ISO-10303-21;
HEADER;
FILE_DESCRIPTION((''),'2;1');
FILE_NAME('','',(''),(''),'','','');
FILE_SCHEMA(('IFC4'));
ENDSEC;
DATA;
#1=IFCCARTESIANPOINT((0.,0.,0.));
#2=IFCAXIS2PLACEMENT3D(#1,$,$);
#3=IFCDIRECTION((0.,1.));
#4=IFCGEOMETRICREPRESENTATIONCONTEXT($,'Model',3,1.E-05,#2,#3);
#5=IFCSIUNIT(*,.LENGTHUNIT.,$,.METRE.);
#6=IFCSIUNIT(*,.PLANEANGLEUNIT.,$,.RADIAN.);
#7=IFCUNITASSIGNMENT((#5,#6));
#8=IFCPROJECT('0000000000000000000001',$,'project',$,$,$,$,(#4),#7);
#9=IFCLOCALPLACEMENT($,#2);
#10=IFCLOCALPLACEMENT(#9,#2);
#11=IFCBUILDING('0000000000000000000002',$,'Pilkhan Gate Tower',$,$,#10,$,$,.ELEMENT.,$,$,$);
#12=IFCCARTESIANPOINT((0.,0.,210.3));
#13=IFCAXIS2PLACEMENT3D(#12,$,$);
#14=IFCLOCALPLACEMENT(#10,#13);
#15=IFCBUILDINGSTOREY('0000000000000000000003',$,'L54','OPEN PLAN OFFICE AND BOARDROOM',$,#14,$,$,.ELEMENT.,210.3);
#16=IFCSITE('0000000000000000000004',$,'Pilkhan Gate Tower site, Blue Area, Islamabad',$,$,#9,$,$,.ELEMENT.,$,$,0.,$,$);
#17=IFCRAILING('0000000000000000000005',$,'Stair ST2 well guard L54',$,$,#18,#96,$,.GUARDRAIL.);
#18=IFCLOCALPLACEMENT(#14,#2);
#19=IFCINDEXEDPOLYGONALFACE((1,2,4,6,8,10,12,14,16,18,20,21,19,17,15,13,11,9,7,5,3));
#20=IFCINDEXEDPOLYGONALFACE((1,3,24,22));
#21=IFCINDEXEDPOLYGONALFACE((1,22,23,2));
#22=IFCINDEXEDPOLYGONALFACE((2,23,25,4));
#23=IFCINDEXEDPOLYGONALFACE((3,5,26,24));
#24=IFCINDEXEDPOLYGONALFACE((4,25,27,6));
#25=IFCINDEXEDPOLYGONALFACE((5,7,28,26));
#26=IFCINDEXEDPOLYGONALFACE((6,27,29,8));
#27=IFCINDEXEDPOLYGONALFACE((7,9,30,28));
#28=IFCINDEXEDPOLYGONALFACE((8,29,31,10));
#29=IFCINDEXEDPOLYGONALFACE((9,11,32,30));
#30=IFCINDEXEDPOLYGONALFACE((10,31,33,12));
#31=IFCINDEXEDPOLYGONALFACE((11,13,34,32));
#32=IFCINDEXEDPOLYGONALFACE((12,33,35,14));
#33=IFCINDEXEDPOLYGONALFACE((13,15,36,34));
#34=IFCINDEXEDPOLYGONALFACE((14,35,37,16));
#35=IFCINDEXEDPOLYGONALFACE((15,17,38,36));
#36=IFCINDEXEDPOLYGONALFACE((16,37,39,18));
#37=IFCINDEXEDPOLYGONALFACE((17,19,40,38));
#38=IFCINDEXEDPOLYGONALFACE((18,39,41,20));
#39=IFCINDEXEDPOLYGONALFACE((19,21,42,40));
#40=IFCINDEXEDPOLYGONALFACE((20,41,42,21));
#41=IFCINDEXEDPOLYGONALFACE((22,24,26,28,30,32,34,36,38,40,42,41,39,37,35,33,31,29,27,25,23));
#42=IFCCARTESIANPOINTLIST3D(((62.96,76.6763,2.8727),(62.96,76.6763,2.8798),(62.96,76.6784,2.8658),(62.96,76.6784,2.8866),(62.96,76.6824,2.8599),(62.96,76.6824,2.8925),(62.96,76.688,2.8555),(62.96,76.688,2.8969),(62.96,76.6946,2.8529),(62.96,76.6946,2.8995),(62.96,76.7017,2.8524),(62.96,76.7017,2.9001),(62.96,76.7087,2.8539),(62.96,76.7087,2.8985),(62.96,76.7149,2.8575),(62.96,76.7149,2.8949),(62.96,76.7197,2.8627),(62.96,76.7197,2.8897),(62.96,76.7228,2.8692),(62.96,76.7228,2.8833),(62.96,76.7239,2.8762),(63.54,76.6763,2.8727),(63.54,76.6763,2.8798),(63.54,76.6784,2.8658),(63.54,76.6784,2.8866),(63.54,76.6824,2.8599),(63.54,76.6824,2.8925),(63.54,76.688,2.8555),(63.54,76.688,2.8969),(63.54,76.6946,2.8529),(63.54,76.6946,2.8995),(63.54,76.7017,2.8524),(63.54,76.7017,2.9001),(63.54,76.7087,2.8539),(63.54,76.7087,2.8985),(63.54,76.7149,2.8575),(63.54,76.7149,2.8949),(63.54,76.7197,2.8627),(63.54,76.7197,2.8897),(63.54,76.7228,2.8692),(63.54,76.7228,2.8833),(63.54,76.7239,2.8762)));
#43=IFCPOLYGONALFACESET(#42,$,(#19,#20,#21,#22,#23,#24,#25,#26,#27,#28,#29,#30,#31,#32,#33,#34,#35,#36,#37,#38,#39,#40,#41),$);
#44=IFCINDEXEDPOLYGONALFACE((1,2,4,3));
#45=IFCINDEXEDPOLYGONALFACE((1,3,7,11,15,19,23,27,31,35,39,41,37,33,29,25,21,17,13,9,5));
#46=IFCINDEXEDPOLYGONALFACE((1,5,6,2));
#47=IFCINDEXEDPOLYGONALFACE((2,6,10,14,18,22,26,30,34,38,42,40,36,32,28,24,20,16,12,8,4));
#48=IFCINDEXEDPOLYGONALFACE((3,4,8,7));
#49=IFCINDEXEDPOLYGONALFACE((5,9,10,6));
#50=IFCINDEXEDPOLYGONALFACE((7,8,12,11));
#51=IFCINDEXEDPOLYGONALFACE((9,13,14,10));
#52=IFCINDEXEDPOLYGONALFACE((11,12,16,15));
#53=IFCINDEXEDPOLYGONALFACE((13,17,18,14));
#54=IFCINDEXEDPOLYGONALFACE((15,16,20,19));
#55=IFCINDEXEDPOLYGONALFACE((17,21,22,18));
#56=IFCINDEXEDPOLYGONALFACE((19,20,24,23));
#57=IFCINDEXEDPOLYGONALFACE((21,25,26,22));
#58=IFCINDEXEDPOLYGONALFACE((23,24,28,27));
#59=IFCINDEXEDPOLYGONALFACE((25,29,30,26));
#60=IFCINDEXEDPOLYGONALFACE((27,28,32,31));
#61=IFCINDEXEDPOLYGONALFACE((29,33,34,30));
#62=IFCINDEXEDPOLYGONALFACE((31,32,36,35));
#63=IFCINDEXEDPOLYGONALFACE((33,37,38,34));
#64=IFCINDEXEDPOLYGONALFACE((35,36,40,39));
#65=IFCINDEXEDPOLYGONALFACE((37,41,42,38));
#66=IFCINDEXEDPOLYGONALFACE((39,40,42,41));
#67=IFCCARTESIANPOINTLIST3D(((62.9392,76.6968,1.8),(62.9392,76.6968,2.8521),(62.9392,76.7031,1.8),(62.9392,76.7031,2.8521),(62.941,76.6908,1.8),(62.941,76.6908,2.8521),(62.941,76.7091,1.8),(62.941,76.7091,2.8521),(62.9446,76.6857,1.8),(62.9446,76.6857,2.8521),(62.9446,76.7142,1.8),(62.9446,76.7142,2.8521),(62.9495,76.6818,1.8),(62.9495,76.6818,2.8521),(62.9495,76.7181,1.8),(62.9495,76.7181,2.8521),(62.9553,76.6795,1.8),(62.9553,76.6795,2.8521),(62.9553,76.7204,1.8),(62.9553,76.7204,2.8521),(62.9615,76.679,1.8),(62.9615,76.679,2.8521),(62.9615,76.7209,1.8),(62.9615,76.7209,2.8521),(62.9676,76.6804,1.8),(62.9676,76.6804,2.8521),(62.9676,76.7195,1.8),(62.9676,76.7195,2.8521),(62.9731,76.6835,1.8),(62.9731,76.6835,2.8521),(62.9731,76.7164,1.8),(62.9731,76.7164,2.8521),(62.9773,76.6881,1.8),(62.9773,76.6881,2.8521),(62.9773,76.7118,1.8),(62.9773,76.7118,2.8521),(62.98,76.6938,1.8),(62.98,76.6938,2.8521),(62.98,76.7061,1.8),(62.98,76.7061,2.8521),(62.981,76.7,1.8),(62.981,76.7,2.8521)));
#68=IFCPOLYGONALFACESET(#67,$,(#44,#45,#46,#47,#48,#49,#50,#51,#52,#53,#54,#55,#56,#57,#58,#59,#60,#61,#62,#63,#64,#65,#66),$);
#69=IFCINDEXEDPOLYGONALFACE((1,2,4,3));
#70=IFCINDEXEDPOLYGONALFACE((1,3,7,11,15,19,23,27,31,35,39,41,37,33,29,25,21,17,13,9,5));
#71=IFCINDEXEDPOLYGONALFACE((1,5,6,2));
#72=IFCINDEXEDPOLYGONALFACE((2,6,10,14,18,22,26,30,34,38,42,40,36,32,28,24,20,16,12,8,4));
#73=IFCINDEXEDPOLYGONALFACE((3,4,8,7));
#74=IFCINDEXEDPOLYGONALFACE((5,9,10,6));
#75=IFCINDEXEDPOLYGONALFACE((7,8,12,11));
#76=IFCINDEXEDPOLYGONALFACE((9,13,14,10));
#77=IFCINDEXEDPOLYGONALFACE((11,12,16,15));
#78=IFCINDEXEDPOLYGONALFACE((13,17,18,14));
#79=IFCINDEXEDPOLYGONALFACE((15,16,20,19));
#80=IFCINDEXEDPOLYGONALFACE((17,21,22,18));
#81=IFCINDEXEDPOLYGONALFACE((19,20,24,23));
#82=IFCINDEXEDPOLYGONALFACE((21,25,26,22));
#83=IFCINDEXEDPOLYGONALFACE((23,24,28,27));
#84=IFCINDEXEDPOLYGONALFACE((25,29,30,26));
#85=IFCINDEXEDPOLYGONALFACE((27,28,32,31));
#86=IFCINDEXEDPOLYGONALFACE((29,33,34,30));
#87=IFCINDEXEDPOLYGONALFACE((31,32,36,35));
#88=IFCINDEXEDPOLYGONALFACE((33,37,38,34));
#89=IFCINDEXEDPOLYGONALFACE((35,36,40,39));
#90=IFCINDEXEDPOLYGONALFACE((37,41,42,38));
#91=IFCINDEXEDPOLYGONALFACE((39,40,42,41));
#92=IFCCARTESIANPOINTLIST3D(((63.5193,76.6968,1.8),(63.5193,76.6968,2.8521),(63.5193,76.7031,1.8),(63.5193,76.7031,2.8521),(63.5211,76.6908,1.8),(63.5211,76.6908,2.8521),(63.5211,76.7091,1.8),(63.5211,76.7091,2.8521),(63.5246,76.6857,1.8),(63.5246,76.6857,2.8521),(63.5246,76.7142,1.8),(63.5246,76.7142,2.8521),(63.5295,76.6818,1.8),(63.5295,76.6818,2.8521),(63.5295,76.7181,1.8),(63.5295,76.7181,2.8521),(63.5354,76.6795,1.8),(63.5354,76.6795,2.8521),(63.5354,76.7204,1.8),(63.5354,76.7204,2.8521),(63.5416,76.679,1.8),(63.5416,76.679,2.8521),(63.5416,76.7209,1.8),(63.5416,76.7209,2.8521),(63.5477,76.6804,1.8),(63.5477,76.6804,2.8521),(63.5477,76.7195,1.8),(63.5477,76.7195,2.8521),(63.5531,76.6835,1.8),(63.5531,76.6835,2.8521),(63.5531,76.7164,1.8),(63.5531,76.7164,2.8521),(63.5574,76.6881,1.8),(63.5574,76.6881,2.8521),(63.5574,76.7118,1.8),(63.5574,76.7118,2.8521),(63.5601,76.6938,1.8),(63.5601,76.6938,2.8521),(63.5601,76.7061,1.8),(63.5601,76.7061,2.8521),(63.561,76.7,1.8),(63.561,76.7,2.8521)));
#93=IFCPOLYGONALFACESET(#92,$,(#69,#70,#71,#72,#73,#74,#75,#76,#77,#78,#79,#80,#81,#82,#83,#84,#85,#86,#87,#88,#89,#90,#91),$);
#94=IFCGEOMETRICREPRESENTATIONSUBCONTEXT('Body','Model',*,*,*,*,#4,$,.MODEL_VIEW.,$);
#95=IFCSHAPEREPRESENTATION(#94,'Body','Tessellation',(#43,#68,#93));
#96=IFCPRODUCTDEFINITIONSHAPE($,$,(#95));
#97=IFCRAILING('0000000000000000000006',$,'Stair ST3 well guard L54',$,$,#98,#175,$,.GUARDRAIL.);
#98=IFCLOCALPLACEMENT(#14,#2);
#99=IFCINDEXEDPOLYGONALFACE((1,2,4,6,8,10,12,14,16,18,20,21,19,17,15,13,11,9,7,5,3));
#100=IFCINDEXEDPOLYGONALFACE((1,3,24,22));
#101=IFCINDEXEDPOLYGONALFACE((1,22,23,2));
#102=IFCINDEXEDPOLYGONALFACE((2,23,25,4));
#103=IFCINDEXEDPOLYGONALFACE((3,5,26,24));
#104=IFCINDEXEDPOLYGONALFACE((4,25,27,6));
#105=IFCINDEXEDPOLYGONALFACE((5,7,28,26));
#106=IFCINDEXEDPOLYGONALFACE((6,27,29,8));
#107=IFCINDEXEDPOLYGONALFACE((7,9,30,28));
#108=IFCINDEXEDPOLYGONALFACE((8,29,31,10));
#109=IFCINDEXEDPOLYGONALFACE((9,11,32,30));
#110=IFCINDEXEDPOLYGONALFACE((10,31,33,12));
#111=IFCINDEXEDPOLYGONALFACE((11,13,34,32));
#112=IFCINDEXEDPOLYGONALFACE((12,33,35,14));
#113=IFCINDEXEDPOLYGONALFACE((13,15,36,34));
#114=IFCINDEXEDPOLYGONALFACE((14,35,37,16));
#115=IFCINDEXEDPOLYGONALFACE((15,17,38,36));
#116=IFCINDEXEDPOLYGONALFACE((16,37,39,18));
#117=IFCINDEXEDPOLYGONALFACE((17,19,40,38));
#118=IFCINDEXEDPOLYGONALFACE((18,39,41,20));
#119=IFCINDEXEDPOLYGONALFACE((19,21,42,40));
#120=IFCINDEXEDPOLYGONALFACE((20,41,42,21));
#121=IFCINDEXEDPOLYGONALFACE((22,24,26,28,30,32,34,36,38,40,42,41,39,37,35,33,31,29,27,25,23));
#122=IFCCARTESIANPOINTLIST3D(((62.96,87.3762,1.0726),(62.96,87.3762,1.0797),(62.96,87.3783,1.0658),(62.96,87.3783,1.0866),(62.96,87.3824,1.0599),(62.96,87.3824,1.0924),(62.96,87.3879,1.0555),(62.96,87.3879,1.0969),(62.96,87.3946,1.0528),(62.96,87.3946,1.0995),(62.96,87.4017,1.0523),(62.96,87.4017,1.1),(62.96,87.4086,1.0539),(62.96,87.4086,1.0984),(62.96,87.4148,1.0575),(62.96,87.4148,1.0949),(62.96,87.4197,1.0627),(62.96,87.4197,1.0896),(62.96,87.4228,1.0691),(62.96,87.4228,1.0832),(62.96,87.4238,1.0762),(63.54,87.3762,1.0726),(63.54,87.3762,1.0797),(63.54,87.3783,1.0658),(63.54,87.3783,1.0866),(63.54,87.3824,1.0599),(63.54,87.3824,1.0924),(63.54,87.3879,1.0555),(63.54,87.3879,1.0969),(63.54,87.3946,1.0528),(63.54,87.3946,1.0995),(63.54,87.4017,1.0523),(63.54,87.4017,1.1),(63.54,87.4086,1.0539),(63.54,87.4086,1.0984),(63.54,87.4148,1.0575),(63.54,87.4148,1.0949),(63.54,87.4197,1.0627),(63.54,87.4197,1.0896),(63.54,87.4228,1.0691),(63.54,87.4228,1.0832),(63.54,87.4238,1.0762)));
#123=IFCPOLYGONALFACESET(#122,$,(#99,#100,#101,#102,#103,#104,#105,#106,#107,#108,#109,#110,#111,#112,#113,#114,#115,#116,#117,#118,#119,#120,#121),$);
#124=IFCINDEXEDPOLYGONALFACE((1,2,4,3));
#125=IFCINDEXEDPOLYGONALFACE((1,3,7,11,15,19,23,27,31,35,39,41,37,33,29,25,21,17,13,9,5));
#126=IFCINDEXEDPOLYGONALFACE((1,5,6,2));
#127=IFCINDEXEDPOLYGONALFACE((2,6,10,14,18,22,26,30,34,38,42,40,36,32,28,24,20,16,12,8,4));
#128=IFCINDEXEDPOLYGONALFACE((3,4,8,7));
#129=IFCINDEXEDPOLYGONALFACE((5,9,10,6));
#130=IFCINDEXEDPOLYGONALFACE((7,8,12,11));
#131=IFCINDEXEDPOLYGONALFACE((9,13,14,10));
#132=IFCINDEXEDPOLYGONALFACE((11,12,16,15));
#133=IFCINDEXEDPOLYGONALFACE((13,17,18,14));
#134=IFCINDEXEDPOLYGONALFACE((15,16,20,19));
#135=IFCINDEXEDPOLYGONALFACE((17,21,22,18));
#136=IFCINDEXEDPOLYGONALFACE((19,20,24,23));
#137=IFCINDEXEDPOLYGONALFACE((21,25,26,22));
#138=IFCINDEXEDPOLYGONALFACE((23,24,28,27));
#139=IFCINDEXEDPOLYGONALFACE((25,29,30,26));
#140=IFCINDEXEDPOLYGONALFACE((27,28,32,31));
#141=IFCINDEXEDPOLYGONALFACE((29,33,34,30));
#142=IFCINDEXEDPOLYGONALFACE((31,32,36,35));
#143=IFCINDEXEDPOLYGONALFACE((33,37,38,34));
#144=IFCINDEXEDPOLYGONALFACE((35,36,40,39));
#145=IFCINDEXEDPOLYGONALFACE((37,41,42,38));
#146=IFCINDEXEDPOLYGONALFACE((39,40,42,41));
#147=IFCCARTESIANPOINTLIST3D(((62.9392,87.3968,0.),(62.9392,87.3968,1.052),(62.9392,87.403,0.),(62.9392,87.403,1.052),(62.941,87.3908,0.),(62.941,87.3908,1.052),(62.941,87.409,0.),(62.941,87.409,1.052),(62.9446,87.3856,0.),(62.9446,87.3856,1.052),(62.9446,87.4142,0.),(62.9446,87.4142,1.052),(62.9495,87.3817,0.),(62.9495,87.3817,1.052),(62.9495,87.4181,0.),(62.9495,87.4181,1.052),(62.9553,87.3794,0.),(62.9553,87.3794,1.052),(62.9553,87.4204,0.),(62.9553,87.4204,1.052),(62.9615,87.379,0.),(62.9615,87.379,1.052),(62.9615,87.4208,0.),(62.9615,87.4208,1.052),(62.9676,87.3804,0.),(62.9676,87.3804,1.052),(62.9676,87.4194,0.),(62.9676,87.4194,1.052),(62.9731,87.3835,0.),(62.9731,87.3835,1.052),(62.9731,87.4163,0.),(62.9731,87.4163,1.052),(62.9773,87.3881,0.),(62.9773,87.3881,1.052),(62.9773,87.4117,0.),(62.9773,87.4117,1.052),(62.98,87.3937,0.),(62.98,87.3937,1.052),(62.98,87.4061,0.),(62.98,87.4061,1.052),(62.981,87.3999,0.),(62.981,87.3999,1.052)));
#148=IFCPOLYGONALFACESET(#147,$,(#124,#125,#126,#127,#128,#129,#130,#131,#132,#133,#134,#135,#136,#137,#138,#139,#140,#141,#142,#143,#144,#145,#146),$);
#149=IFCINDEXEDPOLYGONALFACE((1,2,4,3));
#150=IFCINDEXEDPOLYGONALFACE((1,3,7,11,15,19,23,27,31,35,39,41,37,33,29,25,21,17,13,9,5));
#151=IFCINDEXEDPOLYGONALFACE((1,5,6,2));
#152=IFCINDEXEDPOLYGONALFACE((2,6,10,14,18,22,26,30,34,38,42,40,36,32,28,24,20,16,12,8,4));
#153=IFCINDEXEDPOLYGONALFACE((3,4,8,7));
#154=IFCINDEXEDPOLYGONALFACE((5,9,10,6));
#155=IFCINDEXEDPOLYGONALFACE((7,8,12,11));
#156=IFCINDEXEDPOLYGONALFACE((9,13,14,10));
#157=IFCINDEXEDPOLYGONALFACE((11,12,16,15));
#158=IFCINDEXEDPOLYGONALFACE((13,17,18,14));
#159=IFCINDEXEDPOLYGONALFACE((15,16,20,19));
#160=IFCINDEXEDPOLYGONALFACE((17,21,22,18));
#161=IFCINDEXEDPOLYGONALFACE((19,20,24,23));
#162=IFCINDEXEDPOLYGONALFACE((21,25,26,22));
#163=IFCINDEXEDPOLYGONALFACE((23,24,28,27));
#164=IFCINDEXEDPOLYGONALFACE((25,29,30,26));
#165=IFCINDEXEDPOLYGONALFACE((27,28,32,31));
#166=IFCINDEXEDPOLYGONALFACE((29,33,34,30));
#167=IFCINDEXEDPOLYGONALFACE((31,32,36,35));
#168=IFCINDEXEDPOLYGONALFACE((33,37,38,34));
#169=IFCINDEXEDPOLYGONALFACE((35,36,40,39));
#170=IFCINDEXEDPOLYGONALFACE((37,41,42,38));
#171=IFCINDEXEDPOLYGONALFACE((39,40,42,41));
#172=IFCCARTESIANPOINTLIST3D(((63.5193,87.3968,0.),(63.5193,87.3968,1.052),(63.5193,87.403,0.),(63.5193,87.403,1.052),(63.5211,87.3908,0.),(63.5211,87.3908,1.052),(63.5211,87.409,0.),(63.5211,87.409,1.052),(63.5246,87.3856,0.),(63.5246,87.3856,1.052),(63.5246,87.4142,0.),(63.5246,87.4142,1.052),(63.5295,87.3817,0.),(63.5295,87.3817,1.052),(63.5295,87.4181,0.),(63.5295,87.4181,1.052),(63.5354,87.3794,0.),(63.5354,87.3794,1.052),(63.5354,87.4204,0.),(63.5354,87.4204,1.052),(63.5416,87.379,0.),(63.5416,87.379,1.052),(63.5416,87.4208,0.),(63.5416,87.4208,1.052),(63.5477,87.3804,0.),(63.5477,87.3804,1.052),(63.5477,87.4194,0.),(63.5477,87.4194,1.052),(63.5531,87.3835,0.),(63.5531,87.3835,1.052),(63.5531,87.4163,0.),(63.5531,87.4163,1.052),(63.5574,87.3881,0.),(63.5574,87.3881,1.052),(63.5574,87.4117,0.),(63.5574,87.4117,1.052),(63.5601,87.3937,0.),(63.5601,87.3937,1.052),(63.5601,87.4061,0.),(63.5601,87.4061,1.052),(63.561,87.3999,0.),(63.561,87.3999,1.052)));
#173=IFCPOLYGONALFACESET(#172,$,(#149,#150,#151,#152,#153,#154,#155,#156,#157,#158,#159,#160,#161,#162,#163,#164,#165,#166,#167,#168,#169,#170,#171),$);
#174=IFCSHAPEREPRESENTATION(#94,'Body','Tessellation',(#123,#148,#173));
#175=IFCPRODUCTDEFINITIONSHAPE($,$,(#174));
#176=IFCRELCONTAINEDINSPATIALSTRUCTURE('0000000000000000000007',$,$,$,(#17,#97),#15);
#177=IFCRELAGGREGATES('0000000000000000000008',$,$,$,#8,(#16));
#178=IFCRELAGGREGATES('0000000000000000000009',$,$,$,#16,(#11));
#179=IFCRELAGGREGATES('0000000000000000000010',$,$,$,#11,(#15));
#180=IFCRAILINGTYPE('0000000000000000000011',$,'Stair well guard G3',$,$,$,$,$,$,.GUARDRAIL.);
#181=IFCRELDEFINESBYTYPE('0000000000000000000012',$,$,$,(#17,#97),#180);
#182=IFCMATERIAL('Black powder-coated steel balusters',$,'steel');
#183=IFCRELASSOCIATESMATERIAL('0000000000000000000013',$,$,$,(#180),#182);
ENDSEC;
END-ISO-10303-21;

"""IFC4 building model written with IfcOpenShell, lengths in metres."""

from ifc_helpers import new_model, si_unit, direction, frame, origin, origin_2d, place, context, subcontext, project, spatial, circle, extrude, material, type_object, element, save


model = new_model("IFC4")

# Units and contexts
model_context = context("Model", 3, precision=1e-05, world=origin(), true_north=direction((0.0, 1.0)))
body_context = subcontext(model_context, "Body", "Model", "MODEL_VIEW")
ifc_project = project(units=[si_unit("LENGTHUNIT", "METRE"), si_unit("PLANEANGLEUNIT", "RADIAN")], contexts=[model_context])

# Site, building, storey
site_placement = place(None, origin())
site = spatial("IfcSite", under=ifc_project, at=site_placement, Name="Pilkhan Gate Tower site, Blue Area, Islamabad", CompositionType="ELEMENT", RefElevation=0.0)
building_placement = place(site_placement, origin())
building = spatial("IfcBuilding", under=site, at=building_placement, Name="Pilkhan Gate Tower", CompositionType="ELEMENT")
storey_placement = place(building_placement, frame((0.0, 0.0, 210.3)))
storey = spatial("IfcBuildingStorey", under=building, at=storey_placement, Name="L54", Description="OPEN PLAN OFFICE AND BOARDROOM", CompositionType="ELEMENT", Elevation=210.3)

# Railings
ifc_material_1 = material(Name="Black powder-coated steel balusters", Category="steel")
railing_type_1 = type_object("IfcRailingType", Name="Stair well guard G3", PredefinedType="GUARDRAIL", material=ifc_material_1)
for number, where, name in (
    (1, (62.96, 76.7, 1.8), "Stair ST2 well guard L54"),
    (2, (62.96, 87.3999, 0.0), "Stair ST3 well guard L54"),
):
    element("IfcRailing", number, at=place(storey_placement, frame(where)), inside=storey, type_object=railing_type_1, Name=name, PredefinedType="GUARDRAIL", context=body_context, shape_type="SweptSolid", body=[
        extrude(circle(Radius=0.0239, at=origin_2d()), frame((0.0, 0.0, 1.0762), z_axis=(1.0, 0.0, 0.0), x_axis=(0.0, 1.0, 0.0)), (0.0, 0.0, 1.0), 0.5801),
        extrude(circle(Radius=0.021, at=origin_2d()), origin(), (0.0, 0.0, 1.0), 1.052),
        extrude(circle(Radius=0.021, at=origin_2d()), frame((0.5801, 0.0, 0.0)), (0.0, 0.0, 1.0), 1.052),
    ])

save(model, "model.ifc")
